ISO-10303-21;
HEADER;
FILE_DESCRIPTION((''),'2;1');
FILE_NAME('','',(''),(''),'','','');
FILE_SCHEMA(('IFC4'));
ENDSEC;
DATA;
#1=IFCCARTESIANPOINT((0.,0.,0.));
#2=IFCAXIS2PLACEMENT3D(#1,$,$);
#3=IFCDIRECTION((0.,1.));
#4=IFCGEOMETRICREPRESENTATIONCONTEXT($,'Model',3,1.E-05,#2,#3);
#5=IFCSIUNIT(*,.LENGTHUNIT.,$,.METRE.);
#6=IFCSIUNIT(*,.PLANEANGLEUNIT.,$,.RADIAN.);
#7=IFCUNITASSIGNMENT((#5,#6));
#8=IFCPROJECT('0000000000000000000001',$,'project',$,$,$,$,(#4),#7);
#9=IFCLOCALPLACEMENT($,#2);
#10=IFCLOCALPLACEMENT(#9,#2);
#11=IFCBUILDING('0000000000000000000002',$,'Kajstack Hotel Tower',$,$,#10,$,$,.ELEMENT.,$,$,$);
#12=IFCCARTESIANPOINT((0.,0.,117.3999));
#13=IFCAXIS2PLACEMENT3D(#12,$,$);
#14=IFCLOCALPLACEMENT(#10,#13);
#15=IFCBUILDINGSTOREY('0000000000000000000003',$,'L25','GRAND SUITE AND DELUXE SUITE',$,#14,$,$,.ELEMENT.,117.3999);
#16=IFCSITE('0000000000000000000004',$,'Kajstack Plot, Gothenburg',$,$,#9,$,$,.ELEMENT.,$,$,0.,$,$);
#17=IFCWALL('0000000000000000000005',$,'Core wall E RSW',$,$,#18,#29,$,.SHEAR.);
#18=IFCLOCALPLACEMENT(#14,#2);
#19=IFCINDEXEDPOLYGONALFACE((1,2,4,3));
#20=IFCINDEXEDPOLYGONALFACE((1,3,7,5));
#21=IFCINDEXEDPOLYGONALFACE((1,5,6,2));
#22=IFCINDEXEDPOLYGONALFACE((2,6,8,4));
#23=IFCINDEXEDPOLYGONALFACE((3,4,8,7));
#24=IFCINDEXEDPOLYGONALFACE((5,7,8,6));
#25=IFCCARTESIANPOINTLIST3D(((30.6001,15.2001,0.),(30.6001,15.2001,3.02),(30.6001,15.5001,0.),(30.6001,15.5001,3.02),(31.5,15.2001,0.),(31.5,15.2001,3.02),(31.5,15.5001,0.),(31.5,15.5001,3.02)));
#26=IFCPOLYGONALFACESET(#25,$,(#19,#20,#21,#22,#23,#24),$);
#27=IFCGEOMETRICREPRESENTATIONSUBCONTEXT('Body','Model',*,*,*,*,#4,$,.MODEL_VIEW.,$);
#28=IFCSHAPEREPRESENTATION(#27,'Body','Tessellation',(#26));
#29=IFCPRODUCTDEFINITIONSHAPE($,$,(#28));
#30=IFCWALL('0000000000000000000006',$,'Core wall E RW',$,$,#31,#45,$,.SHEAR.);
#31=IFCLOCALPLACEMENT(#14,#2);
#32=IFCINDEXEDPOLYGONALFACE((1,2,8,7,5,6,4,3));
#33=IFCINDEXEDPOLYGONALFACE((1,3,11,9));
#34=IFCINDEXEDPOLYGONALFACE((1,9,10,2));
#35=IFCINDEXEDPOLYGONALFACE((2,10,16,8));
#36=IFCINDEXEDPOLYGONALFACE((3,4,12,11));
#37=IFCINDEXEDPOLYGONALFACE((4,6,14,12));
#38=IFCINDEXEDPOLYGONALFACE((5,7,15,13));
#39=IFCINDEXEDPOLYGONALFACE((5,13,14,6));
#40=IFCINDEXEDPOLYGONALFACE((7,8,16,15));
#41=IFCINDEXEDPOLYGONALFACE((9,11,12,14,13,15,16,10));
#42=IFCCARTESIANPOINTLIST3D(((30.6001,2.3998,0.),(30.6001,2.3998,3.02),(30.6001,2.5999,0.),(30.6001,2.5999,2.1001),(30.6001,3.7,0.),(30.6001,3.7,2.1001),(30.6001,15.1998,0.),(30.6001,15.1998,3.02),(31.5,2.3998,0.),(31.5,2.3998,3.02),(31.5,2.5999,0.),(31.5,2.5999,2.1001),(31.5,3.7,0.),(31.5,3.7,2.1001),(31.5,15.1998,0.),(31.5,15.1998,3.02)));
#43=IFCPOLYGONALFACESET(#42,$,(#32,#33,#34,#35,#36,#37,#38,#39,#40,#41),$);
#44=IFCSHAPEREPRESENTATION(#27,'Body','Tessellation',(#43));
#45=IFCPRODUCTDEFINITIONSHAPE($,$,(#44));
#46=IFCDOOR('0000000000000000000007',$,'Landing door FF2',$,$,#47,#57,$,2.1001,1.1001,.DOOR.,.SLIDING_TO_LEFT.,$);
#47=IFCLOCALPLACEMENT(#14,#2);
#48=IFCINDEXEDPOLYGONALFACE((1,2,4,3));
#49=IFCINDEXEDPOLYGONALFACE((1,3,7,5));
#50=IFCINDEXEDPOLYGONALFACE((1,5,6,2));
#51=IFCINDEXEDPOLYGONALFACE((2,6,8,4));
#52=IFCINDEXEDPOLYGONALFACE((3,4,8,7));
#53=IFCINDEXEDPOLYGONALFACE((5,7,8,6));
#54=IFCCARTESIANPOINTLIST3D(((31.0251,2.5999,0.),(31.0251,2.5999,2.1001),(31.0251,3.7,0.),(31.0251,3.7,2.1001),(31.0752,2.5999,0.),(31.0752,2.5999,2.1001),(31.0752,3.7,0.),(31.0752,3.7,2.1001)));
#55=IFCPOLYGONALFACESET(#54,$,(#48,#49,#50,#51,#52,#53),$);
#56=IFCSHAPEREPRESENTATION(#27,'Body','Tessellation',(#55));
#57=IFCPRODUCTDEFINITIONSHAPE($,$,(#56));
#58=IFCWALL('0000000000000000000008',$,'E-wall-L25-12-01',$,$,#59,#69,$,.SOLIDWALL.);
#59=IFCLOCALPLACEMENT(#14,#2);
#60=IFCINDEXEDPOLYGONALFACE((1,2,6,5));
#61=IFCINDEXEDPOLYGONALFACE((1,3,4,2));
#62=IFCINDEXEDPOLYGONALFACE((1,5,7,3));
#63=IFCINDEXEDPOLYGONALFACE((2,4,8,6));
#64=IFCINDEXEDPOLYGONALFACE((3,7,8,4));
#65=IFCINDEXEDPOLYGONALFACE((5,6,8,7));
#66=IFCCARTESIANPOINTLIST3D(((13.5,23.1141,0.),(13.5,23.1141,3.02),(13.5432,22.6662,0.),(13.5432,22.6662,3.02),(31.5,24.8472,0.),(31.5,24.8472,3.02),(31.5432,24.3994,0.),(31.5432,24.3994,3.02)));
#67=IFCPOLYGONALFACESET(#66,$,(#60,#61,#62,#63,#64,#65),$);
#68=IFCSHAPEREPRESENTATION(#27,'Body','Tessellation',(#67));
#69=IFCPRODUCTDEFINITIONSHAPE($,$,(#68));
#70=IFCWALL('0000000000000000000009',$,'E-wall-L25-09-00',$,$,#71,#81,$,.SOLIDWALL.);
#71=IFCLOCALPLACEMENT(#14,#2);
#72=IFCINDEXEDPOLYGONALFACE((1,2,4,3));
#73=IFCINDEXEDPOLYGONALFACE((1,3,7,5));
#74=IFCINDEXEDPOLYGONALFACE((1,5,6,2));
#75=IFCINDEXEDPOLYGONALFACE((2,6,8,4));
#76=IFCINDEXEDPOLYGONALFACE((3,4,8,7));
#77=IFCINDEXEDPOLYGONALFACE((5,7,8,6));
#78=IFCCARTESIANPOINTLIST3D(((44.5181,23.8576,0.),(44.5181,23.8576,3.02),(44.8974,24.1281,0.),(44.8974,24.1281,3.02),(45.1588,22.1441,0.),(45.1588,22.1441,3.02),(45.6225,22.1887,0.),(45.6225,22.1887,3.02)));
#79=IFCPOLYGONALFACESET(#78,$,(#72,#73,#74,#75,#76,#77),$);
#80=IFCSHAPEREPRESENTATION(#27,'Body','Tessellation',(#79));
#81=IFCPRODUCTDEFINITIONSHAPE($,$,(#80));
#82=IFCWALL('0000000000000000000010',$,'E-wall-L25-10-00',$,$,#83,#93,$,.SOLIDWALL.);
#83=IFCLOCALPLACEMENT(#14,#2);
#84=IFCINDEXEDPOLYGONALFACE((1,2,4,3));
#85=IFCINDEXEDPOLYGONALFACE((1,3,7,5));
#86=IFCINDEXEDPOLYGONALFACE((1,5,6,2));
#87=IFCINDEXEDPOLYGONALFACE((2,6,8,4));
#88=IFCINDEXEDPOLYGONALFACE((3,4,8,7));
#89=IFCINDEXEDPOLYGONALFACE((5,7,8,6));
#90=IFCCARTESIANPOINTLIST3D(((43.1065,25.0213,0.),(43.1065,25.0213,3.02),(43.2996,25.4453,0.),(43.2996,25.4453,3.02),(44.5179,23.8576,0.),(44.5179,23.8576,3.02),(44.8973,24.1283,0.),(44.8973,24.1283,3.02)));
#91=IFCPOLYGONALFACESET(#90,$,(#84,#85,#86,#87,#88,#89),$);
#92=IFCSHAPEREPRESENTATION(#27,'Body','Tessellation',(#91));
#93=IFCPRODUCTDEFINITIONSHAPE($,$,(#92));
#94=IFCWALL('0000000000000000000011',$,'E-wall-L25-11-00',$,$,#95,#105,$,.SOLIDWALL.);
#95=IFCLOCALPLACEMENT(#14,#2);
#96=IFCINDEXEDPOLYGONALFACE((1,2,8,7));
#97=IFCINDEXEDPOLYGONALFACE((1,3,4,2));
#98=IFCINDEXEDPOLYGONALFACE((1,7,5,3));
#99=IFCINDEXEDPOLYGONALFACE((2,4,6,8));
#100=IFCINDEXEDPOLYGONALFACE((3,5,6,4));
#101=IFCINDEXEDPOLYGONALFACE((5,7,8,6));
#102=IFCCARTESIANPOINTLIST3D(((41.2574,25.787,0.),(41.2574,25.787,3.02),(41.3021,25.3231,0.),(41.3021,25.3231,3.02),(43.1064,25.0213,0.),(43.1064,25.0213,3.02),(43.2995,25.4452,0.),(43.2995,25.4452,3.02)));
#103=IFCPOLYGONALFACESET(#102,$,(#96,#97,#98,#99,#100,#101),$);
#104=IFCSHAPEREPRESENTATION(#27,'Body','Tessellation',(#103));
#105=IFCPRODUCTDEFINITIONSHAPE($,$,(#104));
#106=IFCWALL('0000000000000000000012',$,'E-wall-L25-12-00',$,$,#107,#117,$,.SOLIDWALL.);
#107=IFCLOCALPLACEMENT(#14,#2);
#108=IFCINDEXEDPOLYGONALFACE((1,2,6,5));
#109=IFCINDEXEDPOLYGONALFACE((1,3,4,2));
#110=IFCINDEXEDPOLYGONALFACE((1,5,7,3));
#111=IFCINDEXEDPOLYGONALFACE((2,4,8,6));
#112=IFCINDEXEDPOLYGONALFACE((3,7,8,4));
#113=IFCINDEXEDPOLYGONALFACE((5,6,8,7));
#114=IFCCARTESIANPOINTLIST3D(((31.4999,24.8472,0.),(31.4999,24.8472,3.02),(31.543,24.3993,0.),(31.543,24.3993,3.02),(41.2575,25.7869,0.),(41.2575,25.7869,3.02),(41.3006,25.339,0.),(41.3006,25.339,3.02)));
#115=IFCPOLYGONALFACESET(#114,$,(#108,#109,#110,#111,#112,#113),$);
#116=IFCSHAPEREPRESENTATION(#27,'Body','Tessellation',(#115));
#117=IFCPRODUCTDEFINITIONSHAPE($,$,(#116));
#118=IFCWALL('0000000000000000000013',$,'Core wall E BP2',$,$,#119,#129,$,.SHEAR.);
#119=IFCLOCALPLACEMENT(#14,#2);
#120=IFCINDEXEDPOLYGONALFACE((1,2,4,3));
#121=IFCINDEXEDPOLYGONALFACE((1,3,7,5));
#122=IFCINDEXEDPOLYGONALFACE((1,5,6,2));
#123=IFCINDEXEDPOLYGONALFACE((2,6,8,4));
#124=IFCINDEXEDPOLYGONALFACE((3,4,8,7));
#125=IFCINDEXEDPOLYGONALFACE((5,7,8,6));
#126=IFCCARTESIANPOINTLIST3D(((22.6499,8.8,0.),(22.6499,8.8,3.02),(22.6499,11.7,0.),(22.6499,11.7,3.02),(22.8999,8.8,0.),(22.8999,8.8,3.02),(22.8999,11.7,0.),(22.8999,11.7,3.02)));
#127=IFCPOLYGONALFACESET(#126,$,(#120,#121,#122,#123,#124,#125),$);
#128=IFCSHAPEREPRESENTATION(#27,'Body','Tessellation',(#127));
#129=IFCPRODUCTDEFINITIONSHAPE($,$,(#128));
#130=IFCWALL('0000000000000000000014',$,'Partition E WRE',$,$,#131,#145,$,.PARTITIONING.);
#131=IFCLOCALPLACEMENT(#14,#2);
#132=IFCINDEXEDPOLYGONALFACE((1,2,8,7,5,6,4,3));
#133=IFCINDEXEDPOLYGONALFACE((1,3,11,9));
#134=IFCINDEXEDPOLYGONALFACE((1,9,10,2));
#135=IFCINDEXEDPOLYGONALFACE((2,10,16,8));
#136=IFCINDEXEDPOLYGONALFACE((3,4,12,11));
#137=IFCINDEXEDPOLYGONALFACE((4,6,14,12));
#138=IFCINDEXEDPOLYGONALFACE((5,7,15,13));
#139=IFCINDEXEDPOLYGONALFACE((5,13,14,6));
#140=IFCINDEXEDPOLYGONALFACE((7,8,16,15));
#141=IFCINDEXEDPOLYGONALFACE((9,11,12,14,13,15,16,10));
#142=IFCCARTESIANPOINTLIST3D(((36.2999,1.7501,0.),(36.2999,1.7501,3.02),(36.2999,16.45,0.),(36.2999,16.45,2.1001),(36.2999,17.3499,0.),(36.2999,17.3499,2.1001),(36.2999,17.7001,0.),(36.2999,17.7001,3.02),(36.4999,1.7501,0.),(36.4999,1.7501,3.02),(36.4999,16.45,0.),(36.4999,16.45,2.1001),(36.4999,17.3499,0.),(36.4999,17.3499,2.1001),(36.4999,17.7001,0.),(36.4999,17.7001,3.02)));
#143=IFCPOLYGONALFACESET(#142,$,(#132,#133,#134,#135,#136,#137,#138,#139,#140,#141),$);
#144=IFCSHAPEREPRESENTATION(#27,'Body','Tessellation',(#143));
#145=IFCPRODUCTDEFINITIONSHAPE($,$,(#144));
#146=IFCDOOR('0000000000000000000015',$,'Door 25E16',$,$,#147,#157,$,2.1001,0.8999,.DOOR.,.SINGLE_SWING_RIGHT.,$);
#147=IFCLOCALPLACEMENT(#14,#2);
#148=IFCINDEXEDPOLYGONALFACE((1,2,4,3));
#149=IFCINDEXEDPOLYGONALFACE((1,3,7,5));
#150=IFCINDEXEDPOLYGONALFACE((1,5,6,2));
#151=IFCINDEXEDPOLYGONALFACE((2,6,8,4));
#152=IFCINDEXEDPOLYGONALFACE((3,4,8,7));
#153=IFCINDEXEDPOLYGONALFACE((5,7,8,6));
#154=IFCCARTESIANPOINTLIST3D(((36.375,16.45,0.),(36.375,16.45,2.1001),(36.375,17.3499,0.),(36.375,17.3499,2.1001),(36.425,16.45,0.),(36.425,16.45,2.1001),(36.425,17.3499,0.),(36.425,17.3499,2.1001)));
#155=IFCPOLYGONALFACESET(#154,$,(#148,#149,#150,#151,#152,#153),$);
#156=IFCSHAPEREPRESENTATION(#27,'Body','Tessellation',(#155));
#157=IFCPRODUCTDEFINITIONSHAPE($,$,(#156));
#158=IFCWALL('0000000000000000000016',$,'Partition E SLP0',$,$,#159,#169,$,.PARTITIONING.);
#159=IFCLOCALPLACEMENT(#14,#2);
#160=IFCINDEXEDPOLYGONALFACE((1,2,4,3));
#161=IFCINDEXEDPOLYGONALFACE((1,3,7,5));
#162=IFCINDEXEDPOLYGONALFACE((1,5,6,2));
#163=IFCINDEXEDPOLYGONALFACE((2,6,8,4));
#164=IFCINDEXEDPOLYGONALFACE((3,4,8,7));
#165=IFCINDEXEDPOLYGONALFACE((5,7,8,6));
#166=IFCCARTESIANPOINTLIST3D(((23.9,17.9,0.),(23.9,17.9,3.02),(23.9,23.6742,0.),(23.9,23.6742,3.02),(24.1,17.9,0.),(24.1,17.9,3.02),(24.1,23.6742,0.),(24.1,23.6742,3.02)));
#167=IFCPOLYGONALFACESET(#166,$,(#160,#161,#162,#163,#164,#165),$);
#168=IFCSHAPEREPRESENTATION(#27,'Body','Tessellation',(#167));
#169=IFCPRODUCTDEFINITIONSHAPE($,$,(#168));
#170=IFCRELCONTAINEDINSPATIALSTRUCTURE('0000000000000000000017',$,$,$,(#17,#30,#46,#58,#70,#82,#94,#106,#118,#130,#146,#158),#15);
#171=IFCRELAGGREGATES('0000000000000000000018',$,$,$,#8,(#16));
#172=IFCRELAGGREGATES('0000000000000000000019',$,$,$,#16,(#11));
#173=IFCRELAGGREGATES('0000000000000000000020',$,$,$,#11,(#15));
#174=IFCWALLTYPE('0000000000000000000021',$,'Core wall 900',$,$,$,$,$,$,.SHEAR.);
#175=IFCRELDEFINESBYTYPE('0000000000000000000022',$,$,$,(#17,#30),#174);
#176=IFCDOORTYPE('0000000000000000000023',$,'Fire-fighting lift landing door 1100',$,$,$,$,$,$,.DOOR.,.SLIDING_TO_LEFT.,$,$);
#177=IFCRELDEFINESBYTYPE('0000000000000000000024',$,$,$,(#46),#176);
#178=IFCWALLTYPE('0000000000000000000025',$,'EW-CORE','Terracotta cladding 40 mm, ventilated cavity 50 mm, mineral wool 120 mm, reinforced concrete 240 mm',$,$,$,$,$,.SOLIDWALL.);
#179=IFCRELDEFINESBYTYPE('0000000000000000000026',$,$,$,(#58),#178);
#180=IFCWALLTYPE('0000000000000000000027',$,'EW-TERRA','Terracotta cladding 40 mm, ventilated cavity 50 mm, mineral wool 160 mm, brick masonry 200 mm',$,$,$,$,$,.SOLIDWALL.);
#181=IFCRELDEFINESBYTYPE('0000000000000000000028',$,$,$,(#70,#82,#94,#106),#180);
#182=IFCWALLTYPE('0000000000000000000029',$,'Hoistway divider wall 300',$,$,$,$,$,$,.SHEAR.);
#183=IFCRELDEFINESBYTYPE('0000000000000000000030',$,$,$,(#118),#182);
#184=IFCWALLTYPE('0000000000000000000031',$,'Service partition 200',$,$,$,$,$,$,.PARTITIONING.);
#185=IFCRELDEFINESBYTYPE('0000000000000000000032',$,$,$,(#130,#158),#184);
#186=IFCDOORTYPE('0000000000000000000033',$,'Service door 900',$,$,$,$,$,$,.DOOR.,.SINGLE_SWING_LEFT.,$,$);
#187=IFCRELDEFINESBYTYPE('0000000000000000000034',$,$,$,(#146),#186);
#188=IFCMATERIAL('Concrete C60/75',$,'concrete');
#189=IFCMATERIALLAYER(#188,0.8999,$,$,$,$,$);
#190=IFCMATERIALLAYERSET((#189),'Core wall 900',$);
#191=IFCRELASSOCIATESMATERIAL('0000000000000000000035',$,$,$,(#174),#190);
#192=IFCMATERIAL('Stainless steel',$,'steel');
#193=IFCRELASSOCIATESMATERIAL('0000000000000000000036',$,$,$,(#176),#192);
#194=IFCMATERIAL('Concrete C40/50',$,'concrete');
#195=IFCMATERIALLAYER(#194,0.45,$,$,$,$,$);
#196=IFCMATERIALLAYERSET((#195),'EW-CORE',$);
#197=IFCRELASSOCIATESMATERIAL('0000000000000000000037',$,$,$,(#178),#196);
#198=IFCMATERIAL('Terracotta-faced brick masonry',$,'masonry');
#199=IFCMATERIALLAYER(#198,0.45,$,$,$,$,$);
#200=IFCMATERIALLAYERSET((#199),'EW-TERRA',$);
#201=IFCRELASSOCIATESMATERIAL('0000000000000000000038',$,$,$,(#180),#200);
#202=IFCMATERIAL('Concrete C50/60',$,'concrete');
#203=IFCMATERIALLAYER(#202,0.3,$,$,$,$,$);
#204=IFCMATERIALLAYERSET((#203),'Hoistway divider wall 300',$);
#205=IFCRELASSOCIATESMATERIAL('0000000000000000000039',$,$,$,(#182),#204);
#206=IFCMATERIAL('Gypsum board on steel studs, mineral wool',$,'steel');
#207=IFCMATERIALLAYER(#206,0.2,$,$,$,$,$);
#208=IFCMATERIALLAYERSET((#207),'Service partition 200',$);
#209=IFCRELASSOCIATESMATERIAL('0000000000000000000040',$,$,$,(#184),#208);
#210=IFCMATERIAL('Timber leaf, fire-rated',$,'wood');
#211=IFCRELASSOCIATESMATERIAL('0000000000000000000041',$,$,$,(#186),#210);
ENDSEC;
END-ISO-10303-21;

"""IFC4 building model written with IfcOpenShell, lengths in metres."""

from ifc_helpers import new_model, si_unit, direction, frame, frame_2d, origin, place, context, subcontext, project, spatial, polyline, rectangle, outline, extrude, material, layer, layer_set, type_object, element, fill, save


model = new_model("IFC4")

# Units and contexts
model_context = context("Model", 3, precision=1e-05, world=origin(), true_north=direction((0.0, 1.0)))
body_context = subcontext(model_context, "Body", "Model", "MODEL_VIEW")
ifc_project = project(units=[si_unit("LENGTHUNIT", "METRE"), si_unit("PLANEANGLEUNIT", "RADIAN")], contexts=[model_context])

# Site, building, storey
site_placement = place(None, origin())
site = spatial("IfcSite", under=ifc_project, at=site_placement, Name="Kajstack Plot, Gothenburg", CompositionType="ELEMENT", RefElevation=0.0)
building_placement = place(site_placement, origin())
building = spatial("IfcBuilding", under=site, at=building_placement, Name="Kajstack Hotel Tower", CompositionType="ELEMENT")
storey_placement = place(building_placement, frame((0.0, 0.0, 117.3999)))
storey = spatial("IfcBuildingStorey", under=building, at=storey_placement, Name="L25", Description="GRAND SUITE AND DELUXE SUITE", CompositionType="ELEMENT", Elevation=117.3999)

# Wall
ifc_material_1 = material(Name="Concrete C60/75", Category="concrete")
ifc_layer_1 = layer(ifc_material_1, 0.8999)
ifc_layer_set_1 = layer_set([ifc_layer_1], Name="Core wall 900")
wall_type_1 = type_object("IfcWallType", Name="Core wall 900", PredefinedType="SHEAR", material=ifc_layer_set_1)
wall_1_placement = place(storey_placement, frame((30.6001, 15.3501, 0.0), z_axis=(0.0, 0.0, 1.0), x_axis=(1.0, 0.0, 0.0)))
element("IfcWall", 1, at=wall_1_placement, inside=storey, type_object=wall_type_1, Name="Core wall E RSW", PredefinedType="SHEAR", context=body_context, shape_type="SweptSolid", body=[
    extrude(rectangle(XDim=0.8999, YDim=0.3, at=frame_2d((0.45, 0.0))), origin(), (0.0, 0.0, 1.0), 3.02),
])

# Wall, opening, door
wall_2_placement = place(storey_placement, frame((31.05, 2.3999, 0.0), z_axis=(0.0, 0.0, 1.0), x_axis=(0.0, 1.0, 0.0)))
wall_2 = element("IfcWall", 2, at=wall_2_placement, inside=storey, type_object=wall_type_1, Name="Core wall E RW", PredefinedType="SHEAR", context=body_context, shape_type="SweptSolid", body=[
    extrude(rectangle(XDim=12.8, YDim=0.8999, at=frame_2d((6.3999, 0.0))), origin(), (0.0, 0.0, 1.0), 3.02),
])
opening_1_placement = place(wall_2_placement, frame((0.2, 0.0, 0.0)))
opening_1 = element("IfcOpeningElement", 3, at=opening_1_placement, cuts=wall_2, PredefinedType="OPENING", context=body_context, shape_type="SweptSolid", body=[
    extrude(rectangle(XDim=1.1001, YDim=2.1001, at=frame_2d((0.55, 1.05))), frame((0.0, 0.46, 0.0), z_axis=(0.0, -1.0, 0.0), x_axis=(1.0, 0.0, 0.0)), (0.0, 0.0, 1.0), 0.9199),
])
ifc_material_2 = material(Name="Stainless steel", Category="steel")
door_type_1 = type_object("IfcDoorType", Name="Fire-fighting lift landing door 1100", OperationType="SLIDING_TO_LEFT", PredefinedType="DOOR", material=ifc_material_2)
door_1_placement = place(opening_1_placement, origin())
door_1 = element("IfcDoor", 4, at=door_1_placement, inside=storey, type_object=door_type_1, Name="Landing door FF2", OperationType="SLIDING_TO_LEFT", OverallHeight=2.1001, OverallWidth=1.1001, PredefinedType="DOOR", context=body_context, shape_type="SweptSolid", body=[
    extrude(rectangle(XDim=1.1001, YDim=2.1001, at=frame_2d((0.55, 1.05))), frame((0.0, 0.0249, 0.0), z_axis=(0.0, -1.0, 0.0), x_axis=(1.0, 0.0, 0.0)), (0.0, 0.0, 1.0), 0.05),
])
fill(opening_1, door_1)

# Walls
ifc_material_3 = material(Name="Concrete C40/50", Category="concrete")
ifc_layer_2 = layer(ifc_material_3, 0.45)
ifc_layer_set_2 = layer_set([ifc_layer_2], Name="EW-CORE")
wall_type_2 = type_object("IfcWallType", Name="EW-CORE", Description="Terracotta cladding 40 mm, ventilated cavity 50 mm, mineral wool 120 mm, reinforced concrete 240 mm", PredefinedType="SOLIDWALL", material=ifc_layer_set_2)
wall_3_placement = place(storey_placement, frame((31.5215, 24.6233, 0.0), z_axis=(0.0, 0.0, 1.0), x_axis=(-0.995396, -0.095843, 0.0)))
element("IfcWall", 5, at=wall_3_placement, inside=storey, type_object=wall_type_2, Name="E-wall-L25-12-01", PredefinedType="SOLIDWALL", context=body_context, shape_type="SweptSolid", body=[
    extrude(rectangle(XDim=18.0833, YDim=0.45, at=frame_2d((9.0415, 0.0))), origin(), (0.0, 0.0, 1.0), 3.02),
])
ifc_material_4 = material(Name="Terracotta-faced brick masonry", Category="masonry")
ifc_layer_3 = layer(ifc_material_4, 0.45)
ifc_layer_set_3 = layer_set([ifc_layer_3], Name="EW-TERRA")
wall_type_3 = type_object("IfcWallType", Name="EW-TERRA", Description="Terracotta cladding 40 mm, ventilated cavity 50 mm, mineral wool 160 mm, brick masonry 200 mm", PredefinedType="SOLIDWALL", material=ifc_layer_set_3)
wall_4_placement = place(storey_placement, frame((45.4116, 22.1099, 0.0), z_axis=(0.0, 0.0, 1.0), x_axis=(-0.350193, 0.936678, 0.0)))
element("IfcWall", 6, at=wall_4_placement, inside=storey, type_object=wall_type_3, Name="E-wall-L25-09-00", PredefinedType="SOLIDWALL", context=body_context, shape_type="SweptSolid", body=[
    extrude(outline(polyline([(0.0, -0.2251), (2.0706, -0.2251), (1.95, 0.2249), (0.1206, 0.2249), (0.0, -0.2251)])), origin(), (0.0, 0.0, 1.0), 3.02),
])
wall_5_placement = place(storey_placement, frame((44.7542, 23.9546, 0.0), z_axis=(0.0, 0.0, 1.0), x_axis=(-0.771651, 0.636046, 0.0)))
element("IfcWall", 7, at=wall_5_placement, inside=storey, type_object=wall_type_3, Name="E-wall-L25-10-00", PredefinedType="SOLIDWALL", context=body_context, shape_type="SweptSolid", body=[
    extrude(outline(polyline([(0.0, -0.2251), (2.0706, -0.2251), (1.95, 0.2249), (0.1206, 0.2251), (0.0, -0.2251)])), origin(), (0.0, 0.0, 1.0), 3.02),
])
wall_6_placement = place(storey_placement, frame((43.2625, 25.2234, 0.0), z_axis=(0.0, 0.0, 1.0), x_axis=(-0.986298, 0.164973, 0.0)))
element("IfcWall", 8, at=wall_6_placement, inside=storey, type_object=wall_type_3, Name="E-wall-L25-11-00", PredefinedType="SOLIDWALL", context=body_context, shape_type="SweptSolid", body=[
    extrude(outline(polyline([(0.0, -0.2249), (2.0706, -0.2251), (1.95, 0.2251), (0.1206, 0.2251), (0.0, -0.2249)])), origin(), (0.0, 0.0, 1.0), 3.02),
])
wall_7_placement = place(storey_placement, frame((41.2791, 25.563, 0.0), z_axis=(0.0, 0.0, 1.0), x_axis=(-0.995395, -0.095861, 0.0)))
element("IfcWall", 9, at=wall_7_placement, inside=storey, type_object=wall_type_3, Name="E-wall-L25-12-00", PredefinedType="SOLIDWALL", context=body_context, shape_type="SweptSolid", body=[
    extrude(rectangle(XDim=9.8027, YDim=0.45, at=frame_2d((4.9014, 0.0))), origin(), (0.0, 0.0, 1.0), 3.02),
])
ifc_material_5 = material(Name="Concrete C50/60", Category="concrete")
ifc_layer_4 = layer(ifc_material_5, 0.3)
ifc_layer_set_4 = layer_set([ifc_layer_4], Name="Hoistway divider wall 300")
wall_type_4 = type_object("IfcWallType", Name="Hoistway divider wall 300", PredefinedType="SHEAR", material=ifc_layer_set_4)
wall_8_placement = place(storey_placement, frame((22.7749, 8.8, 0.0), z_axis=(0.0, 0.0, 1.0), x_axis=(0.0, 1.0, 0.0)))
element("IfcWall", 10, at=wall_8_placement, inside=storey, type_object=wall_type_4, Name="Core wall E BP2", PredefinedType="SHEAR", context=body_context, shape_type="SweptSolid", body=[
    extrude(rectangle(XDim=2.8999, YDim=0.25, at=frame_2d((1.45, 0.0))), origin(), (0.0, 0.0, 1.0), 3.02),
])

# Wall, opening, door
ifc_material_6 = material(Name="Gypsum board on steel studs, mineral wool", Category="steel")
ifc_layer_5 = layer(ifc_material_6, 0.2)
ifc_layer_set_5 = layer_set([ifc_layer_5], Name="Service partition 200")
wall_type_5 = type_object("IfcWallType", Name="Service partition 200", PredefinedType="PARTITIONING", material=ifc_layer_set_5)
wall_9_placement = place(storey_placement, frame((36.3999, 1.75, 0.0), z_axis=(0.0, 0.0, 1.0), x_axis=(0.0, 1.0, 0.0)))
wall_9 = element("IfcWall", 11, at=wall_9_placement, inside=storey, type_object=wall_type_5, Name="Partition E WRE", PredefinedType="PARTITIONING", context=body_context, shape_type="SweptSolid", body=[
    extrude(rectangle(XDim=15.95, YDim=0.2, at=frame_2d((7.9751, 0.0))), origin(), (0.0, 0.0, 1.0), 3.02),
])
opening_2_placement = place(wall_9_placement, frame((14.7, 0.0, 0.0)))
opening_2 = element("IfcOpeningElement", 12, at=opening_2_placement, cuts=wall_9, PredefinedType="OPENING", context=body_context, shape_type="SweptSolid", body=[
    extrude(rectangle(XDim=0.8999, YDim=2.1001, at=frame_2d((0.45, 1.05))), frame((0.0, 0.1099, 0.0), z_axis=(0.0, -1.0, 0.0), x_axis=(1.0, 0.0, 0.0)), (0.0, 0.0, 1.0), 0.22),
])
ifc_material_7 = material(Name="Timber leaf, fire-rated", Category="wood")
door_type_2 = type_object("IfcDoorType", Name="Service door 900", OperationType="SINGLE_SWING_LEFT", PredefinedType="DOOR", material=ifc_material_7)
door_2_placement = place(opening_2_placement, origin())
door_2 = element("IfcDoor", 13, at=door_2_placement, inside=storey, type_object=door_type_2, Name="Door 25E16", OperationType="SINGLE_SWING_RIGHT", OverallHeight=2.1001, OverallWidth=0.8999, PredefinedType="DOOR", context=body_context, shape_type="SweptSolid", body=[
    extrude(rectangle(XDim=0.8999, YDim=2.1001, at=frame_2d((0.45, 1.05))), frame((0.0, 0.0249, 0.0), z_axis=(0.0, -1.0, 0.0), x_axis=(1.0, 0.0, 0.0)), (0.0, 0.0, 1.0), 0.05),
])
fill(opening_2, door_2)

# Wall
wall_10_placement = place(storey_placement, frame((24.0, 17.8999, 0.0), z_axis=(0.0, 0.0, 1.0), x_axis=(0.0, 1.0, 0.0)))
element("IfcWall", 14, at=wall_10_placement, inside=storey, type_object=wall_type_5, Name="Partition E SLP0", PredefinedType="PARTITIONING", context=body_context, shape_type="SweptSolid", body=[
    extrude(rectangle(XDim=5.7742, YDim=0.2, at=frame_2d((2.8872, 0.0))), origin(), (0.0, 0.0, 1.0), 3.02),
])

save(model, "model.ifc")
